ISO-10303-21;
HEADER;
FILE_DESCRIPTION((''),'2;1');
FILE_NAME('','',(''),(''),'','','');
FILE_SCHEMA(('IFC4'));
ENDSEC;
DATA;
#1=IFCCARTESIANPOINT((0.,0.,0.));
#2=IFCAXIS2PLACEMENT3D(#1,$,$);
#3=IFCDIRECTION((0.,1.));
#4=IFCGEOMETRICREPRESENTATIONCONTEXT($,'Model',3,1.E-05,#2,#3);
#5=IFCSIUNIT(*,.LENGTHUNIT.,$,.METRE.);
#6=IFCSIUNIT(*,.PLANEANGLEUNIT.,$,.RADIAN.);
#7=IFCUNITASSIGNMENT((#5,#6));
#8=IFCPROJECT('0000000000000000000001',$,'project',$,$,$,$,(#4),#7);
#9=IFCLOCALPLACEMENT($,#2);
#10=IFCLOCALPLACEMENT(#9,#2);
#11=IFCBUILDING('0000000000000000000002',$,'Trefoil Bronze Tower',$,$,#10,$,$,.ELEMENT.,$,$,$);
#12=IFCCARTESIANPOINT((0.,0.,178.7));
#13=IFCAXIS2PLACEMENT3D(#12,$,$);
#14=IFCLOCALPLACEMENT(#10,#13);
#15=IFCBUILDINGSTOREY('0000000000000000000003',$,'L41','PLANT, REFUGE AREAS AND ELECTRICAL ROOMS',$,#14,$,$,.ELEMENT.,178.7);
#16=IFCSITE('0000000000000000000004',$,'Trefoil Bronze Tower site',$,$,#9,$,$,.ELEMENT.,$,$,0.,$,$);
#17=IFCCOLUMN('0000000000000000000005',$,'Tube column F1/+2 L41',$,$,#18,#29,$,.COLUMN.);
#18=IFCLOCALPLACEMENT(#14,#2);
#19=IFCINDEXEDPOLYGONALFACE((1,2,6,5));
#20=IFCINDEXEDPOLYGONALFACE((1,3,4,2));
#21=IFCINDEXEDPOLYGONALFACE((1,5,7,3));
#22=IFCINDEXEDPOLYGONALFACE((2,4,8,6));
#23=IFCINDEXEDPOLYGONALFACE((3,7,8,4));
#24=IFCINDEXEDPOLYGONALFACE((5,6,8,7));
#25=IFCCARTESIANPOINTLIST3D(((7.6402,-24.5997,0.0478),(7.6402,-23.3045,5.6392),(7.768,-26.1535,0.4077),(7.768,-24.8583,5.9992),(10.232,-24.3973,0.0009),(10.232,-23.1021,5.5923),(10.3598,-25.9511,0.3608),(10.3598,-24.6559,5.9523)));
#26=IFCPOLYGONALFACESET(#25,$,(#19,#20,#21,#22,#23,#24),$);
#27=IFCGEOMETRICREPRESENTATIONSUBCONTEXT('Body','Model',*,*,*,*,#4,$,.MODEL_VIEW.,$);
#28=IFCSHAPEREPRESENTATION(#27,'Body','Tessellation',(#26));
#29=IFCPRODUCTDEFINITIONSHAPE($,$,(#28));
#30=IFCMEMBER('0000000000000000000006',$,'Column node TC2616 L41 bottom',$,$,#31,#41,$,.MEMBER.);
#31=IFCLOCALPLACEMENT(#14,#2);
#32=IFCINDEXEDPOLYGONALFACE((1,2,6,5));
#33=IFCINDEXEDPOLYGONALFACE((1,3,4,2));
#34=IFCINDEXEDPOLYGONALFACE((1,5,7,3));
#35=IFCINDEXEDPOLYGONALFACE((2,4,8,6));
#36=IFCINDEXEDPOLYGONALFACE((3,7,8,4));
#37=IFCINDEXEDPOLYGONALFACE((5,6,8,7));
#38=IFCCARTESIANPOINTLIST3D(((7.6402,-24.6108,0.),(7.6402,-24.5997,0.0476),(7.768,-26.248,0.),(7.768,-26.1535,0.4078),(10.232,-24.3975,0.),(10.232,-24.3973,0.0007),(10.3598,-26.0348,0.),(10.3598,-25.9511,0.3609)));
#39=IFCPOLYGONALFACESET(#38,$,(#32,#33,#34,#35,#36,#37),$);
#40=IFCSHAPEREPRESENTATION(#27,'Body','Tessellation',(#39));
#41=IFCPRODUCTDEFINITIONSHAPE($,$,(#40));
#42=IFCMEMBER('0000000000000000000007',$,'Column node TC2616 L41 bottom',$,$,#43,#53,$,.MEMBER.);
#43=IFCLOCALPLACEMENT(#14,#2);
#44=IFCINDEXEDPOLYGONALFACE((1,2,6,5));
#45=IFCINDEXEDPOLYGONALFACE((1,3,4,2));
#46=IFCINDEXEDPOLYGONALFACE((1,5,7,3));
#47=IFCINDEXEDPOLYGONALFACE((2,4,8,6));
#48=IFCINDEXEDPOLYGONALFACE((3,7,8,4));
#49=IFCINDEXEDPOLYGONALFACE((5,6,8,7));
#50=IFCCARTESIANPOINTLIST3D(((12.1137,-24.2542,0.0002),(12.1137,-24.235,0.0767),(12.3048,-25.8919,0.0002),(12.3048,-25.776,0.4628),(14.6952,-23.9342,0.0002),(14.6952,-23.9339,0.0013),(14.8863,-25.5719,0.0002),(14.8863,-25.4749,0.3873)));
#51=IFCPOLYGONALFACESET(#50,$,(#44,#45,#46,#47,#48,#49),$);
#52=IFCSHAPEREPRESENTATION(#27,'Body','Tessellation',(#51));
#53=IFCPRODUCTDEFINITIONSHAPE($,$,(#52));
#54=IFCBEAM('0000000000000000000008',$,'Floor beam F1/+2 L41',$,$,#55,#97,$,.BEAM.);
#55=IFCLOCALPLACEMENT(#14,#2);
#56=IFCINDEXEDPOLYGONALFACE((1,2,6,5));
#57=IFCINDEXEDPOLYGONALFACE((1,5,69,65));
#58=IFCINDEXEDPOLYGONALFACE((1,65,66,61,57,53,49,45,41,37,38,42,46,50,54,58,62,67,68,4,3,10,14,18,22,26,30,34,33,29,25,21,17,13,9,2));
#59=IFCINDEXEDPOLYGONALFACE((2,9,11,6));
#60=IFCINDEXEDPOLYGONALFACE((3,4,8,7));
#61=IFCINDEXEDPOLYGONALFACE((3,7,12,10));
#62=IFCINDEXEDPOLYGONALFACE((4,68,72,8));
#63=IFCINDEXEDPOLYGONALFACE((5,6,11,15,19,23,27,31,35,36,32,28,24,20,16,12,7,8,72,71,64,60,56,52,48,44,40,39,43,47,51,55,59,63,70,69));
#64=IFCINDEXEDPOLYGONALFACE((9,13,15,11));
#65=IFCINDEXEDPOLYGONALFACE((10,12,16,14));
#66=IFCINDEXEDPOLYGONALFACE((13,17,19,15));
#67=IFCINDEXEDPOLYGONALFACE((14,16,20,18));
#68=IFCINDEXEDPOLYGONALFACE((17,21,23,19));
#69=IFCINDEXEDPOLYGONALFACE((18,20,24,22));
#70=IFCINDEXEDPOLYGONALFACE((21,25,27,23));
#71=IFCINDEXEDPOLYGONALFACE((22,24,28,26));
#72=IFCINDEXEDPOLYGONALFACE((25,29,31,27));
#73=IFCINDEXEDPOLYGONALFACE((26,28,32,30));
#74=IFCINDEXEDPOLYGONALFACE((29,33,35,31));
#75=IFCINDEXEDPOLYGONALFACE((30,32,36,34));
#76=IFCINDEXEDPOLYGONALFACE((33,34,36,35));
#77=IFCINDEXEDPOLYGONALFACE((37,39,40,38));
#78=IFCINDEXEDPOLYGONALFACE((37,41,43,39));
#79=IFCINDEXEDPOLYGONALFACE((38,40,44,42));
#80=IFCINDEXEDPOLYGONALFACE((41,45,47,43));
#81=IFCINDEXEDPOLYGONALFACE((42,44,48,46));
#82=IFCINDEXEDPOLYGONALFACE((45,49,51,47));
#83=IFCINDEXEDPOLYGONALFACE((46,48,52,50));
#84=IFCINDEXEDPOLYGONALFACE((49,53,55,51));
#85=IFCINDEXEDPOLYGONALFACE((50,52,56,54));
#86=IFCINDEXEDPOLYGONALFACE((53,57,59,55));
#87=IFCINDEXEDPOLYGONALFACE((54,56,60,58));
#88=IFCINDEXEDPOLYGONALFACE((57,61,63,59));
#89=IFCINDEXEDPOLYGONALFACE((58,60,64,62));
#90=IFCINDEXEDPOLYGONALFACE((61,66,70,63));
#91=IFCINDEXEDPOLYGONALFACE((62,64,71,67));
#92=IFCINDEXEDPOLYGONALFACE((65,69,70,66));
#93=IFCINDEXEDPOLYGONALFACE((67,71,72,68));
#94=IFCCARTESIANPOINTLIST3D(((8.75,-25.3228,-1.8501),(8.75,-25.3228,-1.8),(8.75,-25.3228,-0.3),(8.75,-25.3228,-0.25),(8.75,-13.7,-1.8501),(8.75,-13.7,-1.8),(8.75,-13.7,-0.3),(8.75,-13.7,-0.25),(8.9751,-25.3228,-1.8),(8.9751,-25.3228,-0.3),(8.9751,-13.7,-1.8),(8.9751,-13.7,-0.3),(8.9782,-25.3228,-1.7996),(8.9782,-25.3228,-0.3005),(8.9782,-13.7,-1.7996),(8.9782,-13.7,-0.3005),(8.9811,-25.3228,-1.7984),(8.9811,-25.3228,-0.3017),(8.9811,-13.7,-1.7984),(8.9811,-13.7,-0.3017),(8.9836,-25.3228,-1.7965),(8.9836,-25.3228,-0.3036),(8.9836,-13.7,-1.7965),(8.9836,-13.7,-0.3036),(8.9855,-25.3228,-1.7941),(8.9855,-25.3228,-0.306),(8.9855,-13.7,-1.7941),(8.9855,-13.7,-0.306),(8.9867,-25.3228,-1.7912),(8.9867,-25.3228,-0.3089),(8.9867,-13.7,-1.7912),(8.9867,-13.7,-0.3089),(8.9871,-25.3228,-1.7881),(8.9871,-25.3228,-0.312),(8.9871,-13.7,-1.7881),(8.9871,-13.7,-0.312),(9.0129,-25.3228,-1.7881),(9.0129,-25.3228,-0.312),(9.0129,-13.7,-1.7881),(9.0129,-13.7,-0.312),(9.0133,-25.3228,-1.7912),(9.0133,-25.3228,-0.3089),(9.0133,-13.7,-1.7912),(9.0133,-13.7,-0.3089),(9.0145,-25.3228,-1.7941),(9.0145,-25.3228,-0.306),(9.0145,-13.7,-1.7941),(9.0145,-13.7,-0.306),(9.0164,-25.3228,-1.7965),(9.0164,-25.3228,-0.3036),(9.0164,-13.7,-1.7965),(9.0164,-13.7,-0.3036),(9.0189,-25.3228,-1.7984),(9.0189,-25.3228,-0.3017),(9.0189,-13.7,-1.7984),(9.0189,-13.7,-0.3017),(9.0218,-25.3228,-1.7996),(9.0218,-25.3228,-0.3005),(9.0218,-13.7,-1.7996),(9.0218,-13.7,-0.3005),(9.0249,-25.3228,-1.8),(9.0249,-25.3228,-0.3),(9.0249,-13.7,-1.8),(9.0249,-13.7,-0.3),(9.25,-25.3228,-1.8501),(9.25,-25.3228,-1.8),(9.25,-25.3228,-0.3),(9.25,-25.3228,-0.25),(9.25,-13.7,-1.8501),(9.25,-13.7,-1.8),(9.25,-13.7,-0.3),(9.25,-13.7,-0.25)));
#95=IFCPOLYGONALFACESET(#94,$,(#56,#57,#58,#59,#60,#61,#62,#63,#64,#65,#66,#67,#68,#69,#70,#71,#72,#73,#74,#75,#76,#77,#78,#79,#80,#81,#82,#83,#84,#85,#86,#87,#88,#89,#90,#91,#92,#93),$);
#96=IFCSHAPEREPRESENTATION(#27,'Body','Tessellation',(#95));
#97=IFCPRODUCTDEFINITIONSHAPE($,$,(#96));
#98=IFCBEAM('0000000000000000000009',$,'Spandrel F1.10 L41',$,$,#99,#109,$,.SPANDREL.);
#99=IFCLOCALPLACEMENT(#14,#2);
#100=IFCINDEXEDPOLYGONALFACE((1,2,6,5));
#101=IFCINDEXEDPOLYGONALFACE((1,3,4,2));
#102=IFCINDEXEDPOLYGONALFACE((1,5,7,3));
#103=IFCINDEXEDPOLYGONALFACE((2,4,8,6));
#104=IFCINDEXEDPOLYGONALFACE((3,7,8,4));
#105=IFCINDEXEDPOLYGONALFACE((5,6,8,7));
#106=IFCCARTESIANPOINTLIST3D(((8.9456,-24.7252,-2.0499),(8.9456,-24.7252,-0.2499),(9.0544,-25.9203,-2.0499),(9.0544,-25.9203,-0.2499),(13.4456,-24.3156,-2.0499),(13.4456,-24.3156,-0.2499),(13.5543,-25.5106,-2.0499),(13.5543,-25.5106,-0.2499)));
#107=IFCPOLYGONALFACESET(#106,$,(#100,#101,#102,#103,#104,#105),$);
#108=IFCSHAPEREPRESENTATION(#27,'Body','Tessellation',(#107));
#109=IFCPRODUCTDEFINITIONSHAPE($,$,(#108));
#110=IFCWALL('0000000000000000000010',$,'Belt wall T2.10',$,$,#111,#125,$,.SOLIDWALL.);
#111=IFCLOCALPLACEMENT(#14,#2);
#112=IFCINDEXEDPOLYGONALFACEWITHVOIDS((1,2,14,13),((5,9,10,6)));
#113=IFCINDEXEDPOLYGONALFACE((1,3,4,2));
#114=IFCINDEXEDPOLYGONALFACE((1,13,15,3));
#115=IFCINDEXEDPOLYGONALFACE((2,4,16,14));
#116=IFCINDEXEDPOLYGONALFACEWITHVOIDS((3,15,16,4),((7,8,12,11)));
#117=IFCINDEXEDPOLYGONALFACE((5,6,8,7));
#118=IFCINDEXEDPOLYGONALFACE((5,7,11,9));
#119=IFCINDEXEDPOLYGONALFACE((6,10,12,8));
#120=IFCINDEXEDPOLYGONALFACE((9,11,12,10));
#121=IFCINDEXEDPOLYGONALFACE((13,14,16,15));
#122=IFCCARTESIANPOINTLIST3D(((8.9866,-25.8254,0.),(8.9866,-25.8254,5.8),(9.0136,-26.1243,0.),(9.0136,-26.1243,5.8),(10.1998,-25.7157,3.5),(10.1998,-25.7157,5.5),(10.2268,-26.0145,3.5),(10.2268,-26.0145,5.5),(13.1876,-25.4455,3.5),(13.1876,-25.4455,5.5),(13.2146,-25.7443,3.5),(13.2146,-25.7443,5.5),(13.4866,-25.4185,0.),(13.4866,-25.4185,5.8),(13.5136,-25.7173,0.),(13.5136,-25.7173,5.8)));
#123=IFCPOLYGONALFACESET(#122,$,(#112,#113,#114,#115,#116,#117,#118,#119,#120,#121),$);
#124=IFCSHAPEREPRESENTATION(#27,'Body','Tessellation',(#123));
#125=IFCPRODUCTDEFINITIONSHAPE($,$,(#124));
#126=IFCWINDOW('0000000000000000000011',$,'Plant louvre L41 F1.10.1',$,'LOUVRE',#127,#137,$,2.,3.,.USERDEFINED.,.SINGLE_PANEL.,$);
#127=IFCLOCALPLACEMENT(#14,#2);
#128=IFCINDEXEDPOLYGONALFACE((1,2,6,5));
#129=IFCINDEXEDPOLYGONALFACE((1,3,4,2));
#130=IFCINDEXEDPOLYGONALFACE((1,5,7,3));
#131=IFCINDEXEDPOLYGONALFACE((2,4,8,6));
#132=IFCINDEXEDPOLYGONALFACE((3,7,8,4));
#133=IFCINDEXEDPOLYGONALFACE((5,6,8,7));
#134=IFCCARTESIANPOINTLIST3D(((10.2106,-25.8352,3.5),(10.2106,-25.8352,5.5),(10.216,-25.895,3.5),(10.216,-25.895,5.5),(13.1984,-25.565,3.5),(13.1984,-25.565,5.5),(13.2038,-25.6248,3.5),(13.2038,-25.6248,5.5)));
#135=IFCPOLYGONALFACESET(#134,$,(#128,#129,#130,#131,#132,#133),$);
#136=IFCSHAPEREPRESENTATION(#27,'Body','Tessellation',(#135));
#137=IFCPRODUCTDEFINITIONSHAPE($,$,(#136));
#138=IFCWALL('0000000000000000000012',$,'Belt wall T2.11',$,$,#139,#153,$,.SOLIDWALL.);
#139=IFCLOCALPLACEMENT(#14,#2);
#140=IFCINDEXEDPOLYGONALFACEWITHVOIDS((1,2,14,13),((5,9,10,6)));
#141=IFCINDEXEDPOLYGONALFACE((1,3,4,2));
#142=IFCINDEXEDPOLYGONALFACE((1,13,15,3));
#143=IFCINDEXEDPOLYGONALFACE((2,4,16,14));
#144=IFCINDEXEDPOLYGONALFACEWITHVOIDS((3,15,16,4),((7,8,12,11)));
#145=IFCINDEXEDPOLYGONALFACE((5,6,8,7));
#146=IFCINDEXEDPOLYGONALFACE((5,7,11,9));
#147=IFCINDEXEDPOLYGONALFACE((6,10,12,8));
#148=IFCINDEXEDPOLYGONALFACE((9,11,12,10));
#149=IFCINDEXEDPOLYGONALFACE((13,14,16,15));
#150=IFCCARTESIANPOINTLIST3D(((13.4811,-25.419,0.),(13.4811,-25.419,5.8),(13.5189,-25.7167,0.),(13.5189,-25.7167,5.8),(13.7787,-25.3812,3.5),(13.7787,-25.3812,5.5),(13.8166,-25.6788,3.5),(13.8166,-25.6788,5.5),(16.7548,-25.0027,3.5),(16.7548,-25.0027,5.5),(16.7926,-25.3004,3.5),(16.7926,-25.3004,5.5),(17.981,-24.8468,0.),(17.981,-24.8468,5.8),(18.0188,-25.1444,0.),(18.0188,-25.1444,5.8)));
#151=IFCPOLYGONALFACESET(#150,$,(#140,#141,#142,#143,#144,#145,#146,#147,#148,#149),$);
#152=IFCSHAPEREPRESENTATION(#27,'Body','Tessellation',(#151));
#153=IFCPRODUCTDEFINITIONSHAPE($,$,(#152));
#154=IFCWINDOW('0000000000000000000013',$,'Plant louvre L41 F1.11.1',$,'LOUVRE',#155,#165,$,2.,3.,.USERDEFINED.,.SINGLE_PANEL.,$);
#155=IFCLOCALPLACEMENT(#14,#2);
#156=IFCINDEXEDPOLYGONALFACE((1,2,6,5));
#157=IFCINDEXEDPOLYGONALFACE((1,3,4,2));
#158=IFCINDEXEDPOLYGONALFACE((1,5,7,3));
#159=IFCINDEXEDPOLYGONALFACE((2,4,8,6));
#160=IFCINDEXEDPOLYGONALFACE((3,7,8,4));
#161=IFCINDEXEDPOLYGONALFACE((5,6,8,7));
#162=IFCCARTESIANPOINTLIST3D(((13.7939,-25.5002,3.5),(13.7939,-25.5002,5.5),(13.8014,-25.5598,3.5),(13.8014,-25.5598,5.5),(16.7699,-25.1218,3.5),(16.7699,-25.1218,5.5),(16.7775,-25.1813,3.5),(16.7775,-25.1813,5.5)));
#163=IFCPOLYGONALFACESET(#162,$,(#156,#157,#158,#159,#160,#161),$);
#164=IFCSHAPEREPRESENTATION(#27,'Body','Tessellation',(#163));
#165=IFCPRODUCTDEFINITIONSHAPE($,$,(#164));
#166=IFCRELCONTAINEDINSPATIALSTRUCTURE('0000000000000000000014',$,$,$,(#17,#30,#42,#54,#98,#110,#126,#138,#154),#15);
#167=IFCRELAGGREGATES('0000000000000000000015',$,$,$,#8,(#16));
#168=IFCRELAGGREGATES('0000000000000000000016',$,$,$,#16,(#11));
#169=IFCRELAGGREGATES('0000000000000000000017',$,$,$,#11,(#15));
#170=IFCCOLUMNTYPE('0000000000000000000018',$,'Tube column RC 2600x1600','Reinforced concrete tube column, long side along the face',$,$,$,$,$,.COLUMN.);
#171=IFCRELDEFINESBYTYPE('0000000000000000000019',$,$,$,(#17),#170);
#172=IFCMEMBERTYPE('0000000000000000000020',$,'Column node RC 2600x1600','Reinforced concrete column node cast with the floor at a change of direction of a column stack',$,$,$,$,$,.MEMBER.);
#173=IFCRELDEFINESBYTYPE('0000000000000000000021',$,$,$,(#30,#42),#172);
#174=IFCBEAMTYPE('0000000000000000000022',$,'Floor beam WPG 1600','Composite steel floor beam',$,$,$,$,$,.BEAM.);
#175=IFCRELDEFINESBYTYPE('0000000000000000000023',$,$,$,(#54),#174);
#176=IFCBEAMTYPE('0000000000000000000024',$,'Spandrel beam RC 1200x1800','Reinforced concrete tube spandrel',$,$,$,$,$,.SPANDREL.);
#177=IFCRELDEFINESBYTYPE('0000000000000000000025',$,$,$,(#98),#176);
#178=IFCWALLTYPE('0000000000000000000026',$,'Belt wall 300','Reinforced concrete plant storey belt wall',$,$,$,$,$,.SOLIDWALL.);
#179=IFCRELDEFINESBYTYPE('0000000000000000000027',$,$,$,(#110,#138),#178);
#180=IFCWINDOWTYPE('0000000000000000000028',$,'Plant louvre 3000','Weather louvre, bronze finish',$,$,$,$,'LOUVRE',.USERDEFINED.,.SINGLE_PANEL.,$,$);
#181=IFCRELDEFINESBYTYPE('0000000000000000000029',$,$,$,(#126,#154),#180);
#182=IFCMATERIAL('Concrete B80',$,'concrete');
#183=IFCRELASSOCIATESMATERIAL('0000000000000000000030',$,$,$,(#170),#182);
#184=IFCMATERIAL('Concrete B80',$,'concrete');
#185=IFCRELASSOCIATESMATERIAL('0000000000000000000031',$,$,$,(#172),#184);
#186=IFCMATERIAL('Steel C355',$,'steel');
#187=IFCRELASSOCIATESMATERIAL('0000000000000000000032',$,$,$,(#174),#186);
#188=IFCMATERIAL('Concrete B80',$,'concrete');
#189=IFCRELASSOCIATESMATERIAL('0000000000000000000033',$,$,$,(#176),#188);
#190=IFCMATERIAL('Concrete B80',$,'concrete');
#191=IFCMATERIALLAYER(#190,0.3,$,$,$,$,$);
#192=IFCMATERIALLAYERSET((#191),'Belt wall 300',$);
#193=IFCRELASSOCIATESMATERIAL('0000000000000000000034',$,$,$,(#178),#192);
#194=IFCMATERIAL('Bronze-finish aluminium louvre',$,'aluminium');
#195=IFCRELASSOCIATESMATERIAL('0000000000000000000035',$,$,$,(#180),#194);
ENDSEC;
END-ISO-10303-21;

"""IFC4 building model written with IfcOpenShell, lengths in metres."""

from ifc_helpers import new_model, si_unit, direction, frame, frame_2d, origin, origin_2d, place, context, subcontext, project, spatial, rectangle, i_section, extrude, clip, halfspace, material, layer, layer_set, material_profile, profile_set, type_object, element, fill, save


model = new_model("IFC4")

# Units and contexts
model_context = context("Model", 3, precision=1e-05, world=origin(), true_north=direction((0.0, 1.0)))
body_context = subcontext(model_context, "Body", "Model", "MODEL_VIEW")
ifc_project = project(units=[si_unit("LENGTHUNIT", "METRE"), si_unit("PLANEANGLEUNIT", "RADIAN")], contexts=[model_context])

# Site, building, storey
site_placement = place(None, origin())
site = spatial("IfcSite", under=ifc_project, at=site_placement, Name="Trefoil Bronze Tower site", CompositionType="ELEMENT", RefElevation=0.0)
building_placement = place(site_placement, origin())
building = spatial("IfcBuilding", under=site, at=building_placement, Name="Trefoil Bronze Tower", CompositionType="ELEMENT")
storey_placement = place(building_placement, frame((0.0, 0.0, 178.7)))
storey = spatial("IfcBuildingStorey", under=building, at=storey_placement, Name="L41", Description="PLANT, REFUGE AREAS AND ELECTRICAL ROOMS", CompositionType="ELEMENT", Elevation=178.7)

# Column
ifc_material_1 = material(Name="Concrete B80", Category="concrete")
ifc_material_profile_1 = material_profile(ifc_material_1, rectangle(XDim=2.6001, YDim=1.6001, at=origin_2d()), Name="RC 2600x1600")
ifc_profile_set_1 = profile_set([ifc_material_profile_1], Name="Concrete B80")
column_type = type_object("IfcColumnType", Name="Tube column RC 2600x1600", Description="Reinforced concrete tube column, long side along the face", PredefinedType="COLUMN", material=ifc_profile_set_1)
column_placement = place(storey_placement, frame((9.0, -25.3228, 0.0), z_axis=(0.0, 0.225673, 0.974203), x_axis=(0.996802, 0.077845, -0.018033)))
element("IfcColumn", 1, at=column_placement, inside=storey, type_object=column_type, Name="Tube column F1/+2 L41", PredefinedType="COLUMN", context=body_context, shape_type="Clipping", body=[
    clip(clip(extrude(rectangle(XDim=2.6001, YDim=1.6001, at=origin_2d()), origin(), (0.0, 0.0, 1.0), 6.1589), halfspace(frame((0.0, 0.0, 0.2097), z_axis=(0.0, -0.000005, 1.0), x_axis=(0.0, 1.0, 0.000005)), True)), halfspace(frame((0.0, -0.0002, 5.9492), z_axis=(0.0, 0.000005, -1.0), x_axis=(0.0, -1.0, -0.000005)), True)),
])

# Members
ifc_material_2 = material(Name="Concrete B80", Category="concrete")
ifc_material_profile_2 = material_profile(ifc_material_2, rectangle(XDim=2.6001, YDim=1.6001, at=origin_2d()), Name="RC 2600x1600")
ifc_profile_set_2 = profile_set([ifc_material_profile_2], Name="Concrete B80")
member_type = type_object("IfcMemberType", Name="Column node RC 2600x1600", Description="Reinforced concrete column node cast with the floor at a change of direction of a column stack", PredefinedType="MEMBER", material=ifc_profile_set_2)
member_1_placement = place(storey_placement, frame((9.0, -25.3701, -0.2043), z_axis=(0.0, 0.225794, 0.974175), x_axis=(0.996802, 0.077842, -0.018042)))
element("IfcMember", 2, at=member_1_placement, inside=storey, type_object=member_type, Name="Column node TC2616 L41 bottom", PredefinedType="MEMBER", context=body_context, shape_type="Clipping", body=[
    clip(extrude(rectangle(XDim=2.6001, YDim=1.6001, at=origin_2d()), origin(), (0.0, 0.0, 1.0), 0.4194), halfspace(frame((0.0, 0.0, 0.2097), z_axis=(-0.018042, -0.225072, 0.974175), x_axis=(0.0, 0.974334, 0.225109)), True)),
])
member_2_placement = place(storey_placement, frame((13.5, -24.9712, -0.2319), z_axis=(0.0, 0.243016, 0.970022), x_axis=(0.992849, 0.115799, -0.029011)))
element("IfcMember", 3, at=member_2_placement, inside=storey, type_object=member_type, Name="Column node TC2616 L41 bottom", PredefinedType="MEMBER", context=body_context, shape_type="Clipping", body=[
    clip(extrude(rectangle(XDim=2.6001, YDim=1.6001, at=origin_2d()), origin(), (0.0, 0.0, 1.0), 0.4783), halfspace(frame((0.0, 0.0, 0.2393), z_axis=(-0.029011, -0.241278, 0.970022), x_axis=(0.0, 0.970431, 0.24138)), True)),
])

# Beams
ifc_material_3 = material(Name="Steel C355", Category="steel")
ifc_material_profile_3 = material_profile(ifc_material_3, i_section(OverallWidth=0.5, OverallDepth=1.6001, WebThickness=0.0259, FlangeThickness=0.05, FilletRadius=0.012, at=origin_2d()), Name="WPG 1600")
ifc_profile_set_3 = profile_set([ifc_material_profile_3], Name="Steel C355")
beam_type_1 = type_object("IfcBeamType", Name="Floor beam WPG 1600", Description="Composite steel floor beam", PredefinedType="BEAM", material=ifc_profile_set_3)
beam_1_placement = place(storey_placement, frame((9.0, -25.3228, -1.05), z_axis=(0.0, 1.0, 0.0), x_axis=(-1.0, 0.0, 0.0)))
element("IfcBeam", 4, at=beam_1_placement, inside=storey, type_object=beam_type_1, Name="Floor beam F1/+2 L41", PredefinedType="BEAM", context=body_context, shape_type="SweptSolid", body=[
    extrude(i_section(OverallWidth=0.5, OverallDepth=1.6001, WebThickness=0.0259, FlangeThickness=0.05, FilletRadius=0.012, at=origin_2d()), origin(), (0.0, 0.0, 1.0), 11.6228),
])
ifc_material_4 = material(Name="Concrete B80", Category="concrete")
ifc_material_profile_4 = material_profile(ifc_material_4, rectangle(XDim=1.2, YDim=1.8, at=origin_2d()), Name="RC 1200x1800")
ifc_profile_set_4 = profile_set([ifc_material_profile_4], Name="Concrete B80")
beam_type_2 = type_object("IfcBeamType", Name="Spandrel beam RC 1200x1800", Description="Reinforced concrete tube spandrel", PredefinedType="SPANDREL", material=ifc_profile_set_4)
beam_2_placement = place(storey_placement, frame((9.0, -25.3228, -1.1499), z_axis=(0.995882, 0.090662, 0.0), x_axis=(-0.090662, 0.995882, 0.0)))
element("IfcBeam", 5, at=beam_2_placement, inside=storey, type_object=beam_type_2, Name="Spandrel F1.10 L41", PredefinedType="SPANDREL", context=body_context, shape_type="SweptSolid", body=[
    extrude(rectangle(XDim=1.2, YDim=1.8, at=origin_2d()), origin(), (0.0, 0.0, 1.0), 4.5186),
])

# Walls, openings, windows
ifc_material_5 = material(Name="Concrete B80", Category="concrete")
ifc_layer_1 = layer(ifc_material_5, 0.3)
ifc_layer_set_1 = layer_set([ifc_layer_1], Name="Belt wall 300")
wall_type = type_object("IfcWallType", Name="Belt wall 300", Description="Reinforced concrete plant storey belt wall", PredefinedType="SOLIDWALL", material=ifc_layer_set_1)
wall_1_placement = place(storey_placement, frame((9.0, -25.9749, 0.0), z_axis=(0.0, 0.0, 1.0), x_axis=(0.995935, 0.090073, 0.0)))
wall_1 = element("IfcWall", 6, at=wall_1_placement, inside=storey, type_object=wall_type, Name="Belt wall T2.10", PredefinedType="SOLIDWALL", context=body_context, shape_type="SweptSolid", body=[
    extrude(rectangle(XDim=4.5183, YDim=0.3, at=frame_2d((2.2593, 0.0))), origin(), (0.0, 0.0, 1.0), 5.8),
])
opening_1_placement = place(wall_1_placement, frame((1.2183, 0.0, 3.5)))
opening_1 = element("IfcOpeningElement", 7, at=opening_1_placement, cuts=wall_1, PredefinedType="OPENING", context=body_context, shape_type="SweptSolid", body=[
    extrude(rectangle(XDim=3.0, YDim=2.0, at=frame_2d((1.5, 1.0))), frame((0.0, 0.1599, 0.0), z_axis=(0.0, -1.0, 0.0), x_axis=(1.0, 0.0, 0.0)), (0.0, 0.0, 1.0), 0.3201),
])
ifc_material_6 = material(Name="Bronze-finish aluminium louvre", Category="aluminium")
window_type = type_object("IfcWindowType", Name="Plant louvre 3000", Description="Weather louvre, bronze finish", ElementType="LOUVRE", PartitioningType="SINGLE_PANEL", PredefinedType="USERDEFINED", material=ifc_material_6)
window_1_placement = place(opening_1_placement, origin())
window_1 = element("IfcWindow", 8, at=window_1_placement, inside=storey, type_object=window_type, Name="Plant louvre L41 F1.10.1", ObjectType="LOUVRE", OverallHeight=2.0, OverallWidth=3.0, PartitioningType="SINGLE_PANEL", PredefinedType="USERDEFINED", context=body_context, shape_type="SweptSolid", body=[
    extrude(rectangle(XDim=3.0, YDim=2.0, at=frame_2d((1.5, 1.0))), frame((0.0, 0.03, 0.0), z_axis=(0.0, -1.0, 0.0), x_axis=(1.0, 0.0, 0.0)), (0.0, 0.0, 1.0), 0.0601),
])
fill(opening_1, window_1)
wall_2_placement = place(storey_placement, frame((13.5, -25.5679, 0.0), z_axis=(0.0, 0.0, 1.0), x_axis=(0.992011, 0.126154, 0.0)))
wall_2 = element("IfcWall", 9, at=wall_2_placement, inside=storey, type_object=wall_type, Name="Belt wall T2.11", PredefinedType="SOLIDWALL", context=body_context, shape_type="SweptSolid", body=[
    extrude(rectangle(XDim=4.5361, YDim=0.3, at=frame_2d((2.2681, 0.0))), origin(), (0.0, 0.0, 1.0), 5.8),
])
opening_2_placement = place(wall_2_placement, frame((0.3, 0.0, 3.5)))
opening_2 = element("IfcOpeningElement", 10, at=opening_2_placement, cuts=wall_2, PredefinedType="OPENING", context=body_context, shape_type="SweptSolid", body=[
    extrude(rectangle(XDim=3.0, YDim=2.0, at=frame_2d((1.5, 1.0))), frame((0.0, 0.1599, 0.0), z_axis=(0.0, -1.0, 0.0), x_axis=(1.0, 0.0, 0.0)), (0.0, 0.0, 1.0), 0.3201),
])
window_2_placement = place(opening_2_placement, origin())
window_2 = element("IfcWindow", 11, at=window_2_placement, inside=storey, type_object=window_type, Name="Plant louvre L41 F1.11.1", ObjectType="LOUVRE", OverallHeight=2.0, OverallWidth=3.0, PartitioningType="SINGLE_PANEL", PredefinedType="USERDEFINED", context=body_context, shape_type="SweptSolid", body=[
    extrude(rectangle(XDim=3.0, YDim=2.0, at=frame_2d((1.5, 1.0))), frame((0.0, 0.03, 0.0), z_axis=(0.0, -1.0, 0.0), x_axis=(1.0, 0.0, 0.0)), (0.0, 0.0, 1.0), 0.0601),
])
fill(opening_2, window_2)

save(model, "model.ifc")
